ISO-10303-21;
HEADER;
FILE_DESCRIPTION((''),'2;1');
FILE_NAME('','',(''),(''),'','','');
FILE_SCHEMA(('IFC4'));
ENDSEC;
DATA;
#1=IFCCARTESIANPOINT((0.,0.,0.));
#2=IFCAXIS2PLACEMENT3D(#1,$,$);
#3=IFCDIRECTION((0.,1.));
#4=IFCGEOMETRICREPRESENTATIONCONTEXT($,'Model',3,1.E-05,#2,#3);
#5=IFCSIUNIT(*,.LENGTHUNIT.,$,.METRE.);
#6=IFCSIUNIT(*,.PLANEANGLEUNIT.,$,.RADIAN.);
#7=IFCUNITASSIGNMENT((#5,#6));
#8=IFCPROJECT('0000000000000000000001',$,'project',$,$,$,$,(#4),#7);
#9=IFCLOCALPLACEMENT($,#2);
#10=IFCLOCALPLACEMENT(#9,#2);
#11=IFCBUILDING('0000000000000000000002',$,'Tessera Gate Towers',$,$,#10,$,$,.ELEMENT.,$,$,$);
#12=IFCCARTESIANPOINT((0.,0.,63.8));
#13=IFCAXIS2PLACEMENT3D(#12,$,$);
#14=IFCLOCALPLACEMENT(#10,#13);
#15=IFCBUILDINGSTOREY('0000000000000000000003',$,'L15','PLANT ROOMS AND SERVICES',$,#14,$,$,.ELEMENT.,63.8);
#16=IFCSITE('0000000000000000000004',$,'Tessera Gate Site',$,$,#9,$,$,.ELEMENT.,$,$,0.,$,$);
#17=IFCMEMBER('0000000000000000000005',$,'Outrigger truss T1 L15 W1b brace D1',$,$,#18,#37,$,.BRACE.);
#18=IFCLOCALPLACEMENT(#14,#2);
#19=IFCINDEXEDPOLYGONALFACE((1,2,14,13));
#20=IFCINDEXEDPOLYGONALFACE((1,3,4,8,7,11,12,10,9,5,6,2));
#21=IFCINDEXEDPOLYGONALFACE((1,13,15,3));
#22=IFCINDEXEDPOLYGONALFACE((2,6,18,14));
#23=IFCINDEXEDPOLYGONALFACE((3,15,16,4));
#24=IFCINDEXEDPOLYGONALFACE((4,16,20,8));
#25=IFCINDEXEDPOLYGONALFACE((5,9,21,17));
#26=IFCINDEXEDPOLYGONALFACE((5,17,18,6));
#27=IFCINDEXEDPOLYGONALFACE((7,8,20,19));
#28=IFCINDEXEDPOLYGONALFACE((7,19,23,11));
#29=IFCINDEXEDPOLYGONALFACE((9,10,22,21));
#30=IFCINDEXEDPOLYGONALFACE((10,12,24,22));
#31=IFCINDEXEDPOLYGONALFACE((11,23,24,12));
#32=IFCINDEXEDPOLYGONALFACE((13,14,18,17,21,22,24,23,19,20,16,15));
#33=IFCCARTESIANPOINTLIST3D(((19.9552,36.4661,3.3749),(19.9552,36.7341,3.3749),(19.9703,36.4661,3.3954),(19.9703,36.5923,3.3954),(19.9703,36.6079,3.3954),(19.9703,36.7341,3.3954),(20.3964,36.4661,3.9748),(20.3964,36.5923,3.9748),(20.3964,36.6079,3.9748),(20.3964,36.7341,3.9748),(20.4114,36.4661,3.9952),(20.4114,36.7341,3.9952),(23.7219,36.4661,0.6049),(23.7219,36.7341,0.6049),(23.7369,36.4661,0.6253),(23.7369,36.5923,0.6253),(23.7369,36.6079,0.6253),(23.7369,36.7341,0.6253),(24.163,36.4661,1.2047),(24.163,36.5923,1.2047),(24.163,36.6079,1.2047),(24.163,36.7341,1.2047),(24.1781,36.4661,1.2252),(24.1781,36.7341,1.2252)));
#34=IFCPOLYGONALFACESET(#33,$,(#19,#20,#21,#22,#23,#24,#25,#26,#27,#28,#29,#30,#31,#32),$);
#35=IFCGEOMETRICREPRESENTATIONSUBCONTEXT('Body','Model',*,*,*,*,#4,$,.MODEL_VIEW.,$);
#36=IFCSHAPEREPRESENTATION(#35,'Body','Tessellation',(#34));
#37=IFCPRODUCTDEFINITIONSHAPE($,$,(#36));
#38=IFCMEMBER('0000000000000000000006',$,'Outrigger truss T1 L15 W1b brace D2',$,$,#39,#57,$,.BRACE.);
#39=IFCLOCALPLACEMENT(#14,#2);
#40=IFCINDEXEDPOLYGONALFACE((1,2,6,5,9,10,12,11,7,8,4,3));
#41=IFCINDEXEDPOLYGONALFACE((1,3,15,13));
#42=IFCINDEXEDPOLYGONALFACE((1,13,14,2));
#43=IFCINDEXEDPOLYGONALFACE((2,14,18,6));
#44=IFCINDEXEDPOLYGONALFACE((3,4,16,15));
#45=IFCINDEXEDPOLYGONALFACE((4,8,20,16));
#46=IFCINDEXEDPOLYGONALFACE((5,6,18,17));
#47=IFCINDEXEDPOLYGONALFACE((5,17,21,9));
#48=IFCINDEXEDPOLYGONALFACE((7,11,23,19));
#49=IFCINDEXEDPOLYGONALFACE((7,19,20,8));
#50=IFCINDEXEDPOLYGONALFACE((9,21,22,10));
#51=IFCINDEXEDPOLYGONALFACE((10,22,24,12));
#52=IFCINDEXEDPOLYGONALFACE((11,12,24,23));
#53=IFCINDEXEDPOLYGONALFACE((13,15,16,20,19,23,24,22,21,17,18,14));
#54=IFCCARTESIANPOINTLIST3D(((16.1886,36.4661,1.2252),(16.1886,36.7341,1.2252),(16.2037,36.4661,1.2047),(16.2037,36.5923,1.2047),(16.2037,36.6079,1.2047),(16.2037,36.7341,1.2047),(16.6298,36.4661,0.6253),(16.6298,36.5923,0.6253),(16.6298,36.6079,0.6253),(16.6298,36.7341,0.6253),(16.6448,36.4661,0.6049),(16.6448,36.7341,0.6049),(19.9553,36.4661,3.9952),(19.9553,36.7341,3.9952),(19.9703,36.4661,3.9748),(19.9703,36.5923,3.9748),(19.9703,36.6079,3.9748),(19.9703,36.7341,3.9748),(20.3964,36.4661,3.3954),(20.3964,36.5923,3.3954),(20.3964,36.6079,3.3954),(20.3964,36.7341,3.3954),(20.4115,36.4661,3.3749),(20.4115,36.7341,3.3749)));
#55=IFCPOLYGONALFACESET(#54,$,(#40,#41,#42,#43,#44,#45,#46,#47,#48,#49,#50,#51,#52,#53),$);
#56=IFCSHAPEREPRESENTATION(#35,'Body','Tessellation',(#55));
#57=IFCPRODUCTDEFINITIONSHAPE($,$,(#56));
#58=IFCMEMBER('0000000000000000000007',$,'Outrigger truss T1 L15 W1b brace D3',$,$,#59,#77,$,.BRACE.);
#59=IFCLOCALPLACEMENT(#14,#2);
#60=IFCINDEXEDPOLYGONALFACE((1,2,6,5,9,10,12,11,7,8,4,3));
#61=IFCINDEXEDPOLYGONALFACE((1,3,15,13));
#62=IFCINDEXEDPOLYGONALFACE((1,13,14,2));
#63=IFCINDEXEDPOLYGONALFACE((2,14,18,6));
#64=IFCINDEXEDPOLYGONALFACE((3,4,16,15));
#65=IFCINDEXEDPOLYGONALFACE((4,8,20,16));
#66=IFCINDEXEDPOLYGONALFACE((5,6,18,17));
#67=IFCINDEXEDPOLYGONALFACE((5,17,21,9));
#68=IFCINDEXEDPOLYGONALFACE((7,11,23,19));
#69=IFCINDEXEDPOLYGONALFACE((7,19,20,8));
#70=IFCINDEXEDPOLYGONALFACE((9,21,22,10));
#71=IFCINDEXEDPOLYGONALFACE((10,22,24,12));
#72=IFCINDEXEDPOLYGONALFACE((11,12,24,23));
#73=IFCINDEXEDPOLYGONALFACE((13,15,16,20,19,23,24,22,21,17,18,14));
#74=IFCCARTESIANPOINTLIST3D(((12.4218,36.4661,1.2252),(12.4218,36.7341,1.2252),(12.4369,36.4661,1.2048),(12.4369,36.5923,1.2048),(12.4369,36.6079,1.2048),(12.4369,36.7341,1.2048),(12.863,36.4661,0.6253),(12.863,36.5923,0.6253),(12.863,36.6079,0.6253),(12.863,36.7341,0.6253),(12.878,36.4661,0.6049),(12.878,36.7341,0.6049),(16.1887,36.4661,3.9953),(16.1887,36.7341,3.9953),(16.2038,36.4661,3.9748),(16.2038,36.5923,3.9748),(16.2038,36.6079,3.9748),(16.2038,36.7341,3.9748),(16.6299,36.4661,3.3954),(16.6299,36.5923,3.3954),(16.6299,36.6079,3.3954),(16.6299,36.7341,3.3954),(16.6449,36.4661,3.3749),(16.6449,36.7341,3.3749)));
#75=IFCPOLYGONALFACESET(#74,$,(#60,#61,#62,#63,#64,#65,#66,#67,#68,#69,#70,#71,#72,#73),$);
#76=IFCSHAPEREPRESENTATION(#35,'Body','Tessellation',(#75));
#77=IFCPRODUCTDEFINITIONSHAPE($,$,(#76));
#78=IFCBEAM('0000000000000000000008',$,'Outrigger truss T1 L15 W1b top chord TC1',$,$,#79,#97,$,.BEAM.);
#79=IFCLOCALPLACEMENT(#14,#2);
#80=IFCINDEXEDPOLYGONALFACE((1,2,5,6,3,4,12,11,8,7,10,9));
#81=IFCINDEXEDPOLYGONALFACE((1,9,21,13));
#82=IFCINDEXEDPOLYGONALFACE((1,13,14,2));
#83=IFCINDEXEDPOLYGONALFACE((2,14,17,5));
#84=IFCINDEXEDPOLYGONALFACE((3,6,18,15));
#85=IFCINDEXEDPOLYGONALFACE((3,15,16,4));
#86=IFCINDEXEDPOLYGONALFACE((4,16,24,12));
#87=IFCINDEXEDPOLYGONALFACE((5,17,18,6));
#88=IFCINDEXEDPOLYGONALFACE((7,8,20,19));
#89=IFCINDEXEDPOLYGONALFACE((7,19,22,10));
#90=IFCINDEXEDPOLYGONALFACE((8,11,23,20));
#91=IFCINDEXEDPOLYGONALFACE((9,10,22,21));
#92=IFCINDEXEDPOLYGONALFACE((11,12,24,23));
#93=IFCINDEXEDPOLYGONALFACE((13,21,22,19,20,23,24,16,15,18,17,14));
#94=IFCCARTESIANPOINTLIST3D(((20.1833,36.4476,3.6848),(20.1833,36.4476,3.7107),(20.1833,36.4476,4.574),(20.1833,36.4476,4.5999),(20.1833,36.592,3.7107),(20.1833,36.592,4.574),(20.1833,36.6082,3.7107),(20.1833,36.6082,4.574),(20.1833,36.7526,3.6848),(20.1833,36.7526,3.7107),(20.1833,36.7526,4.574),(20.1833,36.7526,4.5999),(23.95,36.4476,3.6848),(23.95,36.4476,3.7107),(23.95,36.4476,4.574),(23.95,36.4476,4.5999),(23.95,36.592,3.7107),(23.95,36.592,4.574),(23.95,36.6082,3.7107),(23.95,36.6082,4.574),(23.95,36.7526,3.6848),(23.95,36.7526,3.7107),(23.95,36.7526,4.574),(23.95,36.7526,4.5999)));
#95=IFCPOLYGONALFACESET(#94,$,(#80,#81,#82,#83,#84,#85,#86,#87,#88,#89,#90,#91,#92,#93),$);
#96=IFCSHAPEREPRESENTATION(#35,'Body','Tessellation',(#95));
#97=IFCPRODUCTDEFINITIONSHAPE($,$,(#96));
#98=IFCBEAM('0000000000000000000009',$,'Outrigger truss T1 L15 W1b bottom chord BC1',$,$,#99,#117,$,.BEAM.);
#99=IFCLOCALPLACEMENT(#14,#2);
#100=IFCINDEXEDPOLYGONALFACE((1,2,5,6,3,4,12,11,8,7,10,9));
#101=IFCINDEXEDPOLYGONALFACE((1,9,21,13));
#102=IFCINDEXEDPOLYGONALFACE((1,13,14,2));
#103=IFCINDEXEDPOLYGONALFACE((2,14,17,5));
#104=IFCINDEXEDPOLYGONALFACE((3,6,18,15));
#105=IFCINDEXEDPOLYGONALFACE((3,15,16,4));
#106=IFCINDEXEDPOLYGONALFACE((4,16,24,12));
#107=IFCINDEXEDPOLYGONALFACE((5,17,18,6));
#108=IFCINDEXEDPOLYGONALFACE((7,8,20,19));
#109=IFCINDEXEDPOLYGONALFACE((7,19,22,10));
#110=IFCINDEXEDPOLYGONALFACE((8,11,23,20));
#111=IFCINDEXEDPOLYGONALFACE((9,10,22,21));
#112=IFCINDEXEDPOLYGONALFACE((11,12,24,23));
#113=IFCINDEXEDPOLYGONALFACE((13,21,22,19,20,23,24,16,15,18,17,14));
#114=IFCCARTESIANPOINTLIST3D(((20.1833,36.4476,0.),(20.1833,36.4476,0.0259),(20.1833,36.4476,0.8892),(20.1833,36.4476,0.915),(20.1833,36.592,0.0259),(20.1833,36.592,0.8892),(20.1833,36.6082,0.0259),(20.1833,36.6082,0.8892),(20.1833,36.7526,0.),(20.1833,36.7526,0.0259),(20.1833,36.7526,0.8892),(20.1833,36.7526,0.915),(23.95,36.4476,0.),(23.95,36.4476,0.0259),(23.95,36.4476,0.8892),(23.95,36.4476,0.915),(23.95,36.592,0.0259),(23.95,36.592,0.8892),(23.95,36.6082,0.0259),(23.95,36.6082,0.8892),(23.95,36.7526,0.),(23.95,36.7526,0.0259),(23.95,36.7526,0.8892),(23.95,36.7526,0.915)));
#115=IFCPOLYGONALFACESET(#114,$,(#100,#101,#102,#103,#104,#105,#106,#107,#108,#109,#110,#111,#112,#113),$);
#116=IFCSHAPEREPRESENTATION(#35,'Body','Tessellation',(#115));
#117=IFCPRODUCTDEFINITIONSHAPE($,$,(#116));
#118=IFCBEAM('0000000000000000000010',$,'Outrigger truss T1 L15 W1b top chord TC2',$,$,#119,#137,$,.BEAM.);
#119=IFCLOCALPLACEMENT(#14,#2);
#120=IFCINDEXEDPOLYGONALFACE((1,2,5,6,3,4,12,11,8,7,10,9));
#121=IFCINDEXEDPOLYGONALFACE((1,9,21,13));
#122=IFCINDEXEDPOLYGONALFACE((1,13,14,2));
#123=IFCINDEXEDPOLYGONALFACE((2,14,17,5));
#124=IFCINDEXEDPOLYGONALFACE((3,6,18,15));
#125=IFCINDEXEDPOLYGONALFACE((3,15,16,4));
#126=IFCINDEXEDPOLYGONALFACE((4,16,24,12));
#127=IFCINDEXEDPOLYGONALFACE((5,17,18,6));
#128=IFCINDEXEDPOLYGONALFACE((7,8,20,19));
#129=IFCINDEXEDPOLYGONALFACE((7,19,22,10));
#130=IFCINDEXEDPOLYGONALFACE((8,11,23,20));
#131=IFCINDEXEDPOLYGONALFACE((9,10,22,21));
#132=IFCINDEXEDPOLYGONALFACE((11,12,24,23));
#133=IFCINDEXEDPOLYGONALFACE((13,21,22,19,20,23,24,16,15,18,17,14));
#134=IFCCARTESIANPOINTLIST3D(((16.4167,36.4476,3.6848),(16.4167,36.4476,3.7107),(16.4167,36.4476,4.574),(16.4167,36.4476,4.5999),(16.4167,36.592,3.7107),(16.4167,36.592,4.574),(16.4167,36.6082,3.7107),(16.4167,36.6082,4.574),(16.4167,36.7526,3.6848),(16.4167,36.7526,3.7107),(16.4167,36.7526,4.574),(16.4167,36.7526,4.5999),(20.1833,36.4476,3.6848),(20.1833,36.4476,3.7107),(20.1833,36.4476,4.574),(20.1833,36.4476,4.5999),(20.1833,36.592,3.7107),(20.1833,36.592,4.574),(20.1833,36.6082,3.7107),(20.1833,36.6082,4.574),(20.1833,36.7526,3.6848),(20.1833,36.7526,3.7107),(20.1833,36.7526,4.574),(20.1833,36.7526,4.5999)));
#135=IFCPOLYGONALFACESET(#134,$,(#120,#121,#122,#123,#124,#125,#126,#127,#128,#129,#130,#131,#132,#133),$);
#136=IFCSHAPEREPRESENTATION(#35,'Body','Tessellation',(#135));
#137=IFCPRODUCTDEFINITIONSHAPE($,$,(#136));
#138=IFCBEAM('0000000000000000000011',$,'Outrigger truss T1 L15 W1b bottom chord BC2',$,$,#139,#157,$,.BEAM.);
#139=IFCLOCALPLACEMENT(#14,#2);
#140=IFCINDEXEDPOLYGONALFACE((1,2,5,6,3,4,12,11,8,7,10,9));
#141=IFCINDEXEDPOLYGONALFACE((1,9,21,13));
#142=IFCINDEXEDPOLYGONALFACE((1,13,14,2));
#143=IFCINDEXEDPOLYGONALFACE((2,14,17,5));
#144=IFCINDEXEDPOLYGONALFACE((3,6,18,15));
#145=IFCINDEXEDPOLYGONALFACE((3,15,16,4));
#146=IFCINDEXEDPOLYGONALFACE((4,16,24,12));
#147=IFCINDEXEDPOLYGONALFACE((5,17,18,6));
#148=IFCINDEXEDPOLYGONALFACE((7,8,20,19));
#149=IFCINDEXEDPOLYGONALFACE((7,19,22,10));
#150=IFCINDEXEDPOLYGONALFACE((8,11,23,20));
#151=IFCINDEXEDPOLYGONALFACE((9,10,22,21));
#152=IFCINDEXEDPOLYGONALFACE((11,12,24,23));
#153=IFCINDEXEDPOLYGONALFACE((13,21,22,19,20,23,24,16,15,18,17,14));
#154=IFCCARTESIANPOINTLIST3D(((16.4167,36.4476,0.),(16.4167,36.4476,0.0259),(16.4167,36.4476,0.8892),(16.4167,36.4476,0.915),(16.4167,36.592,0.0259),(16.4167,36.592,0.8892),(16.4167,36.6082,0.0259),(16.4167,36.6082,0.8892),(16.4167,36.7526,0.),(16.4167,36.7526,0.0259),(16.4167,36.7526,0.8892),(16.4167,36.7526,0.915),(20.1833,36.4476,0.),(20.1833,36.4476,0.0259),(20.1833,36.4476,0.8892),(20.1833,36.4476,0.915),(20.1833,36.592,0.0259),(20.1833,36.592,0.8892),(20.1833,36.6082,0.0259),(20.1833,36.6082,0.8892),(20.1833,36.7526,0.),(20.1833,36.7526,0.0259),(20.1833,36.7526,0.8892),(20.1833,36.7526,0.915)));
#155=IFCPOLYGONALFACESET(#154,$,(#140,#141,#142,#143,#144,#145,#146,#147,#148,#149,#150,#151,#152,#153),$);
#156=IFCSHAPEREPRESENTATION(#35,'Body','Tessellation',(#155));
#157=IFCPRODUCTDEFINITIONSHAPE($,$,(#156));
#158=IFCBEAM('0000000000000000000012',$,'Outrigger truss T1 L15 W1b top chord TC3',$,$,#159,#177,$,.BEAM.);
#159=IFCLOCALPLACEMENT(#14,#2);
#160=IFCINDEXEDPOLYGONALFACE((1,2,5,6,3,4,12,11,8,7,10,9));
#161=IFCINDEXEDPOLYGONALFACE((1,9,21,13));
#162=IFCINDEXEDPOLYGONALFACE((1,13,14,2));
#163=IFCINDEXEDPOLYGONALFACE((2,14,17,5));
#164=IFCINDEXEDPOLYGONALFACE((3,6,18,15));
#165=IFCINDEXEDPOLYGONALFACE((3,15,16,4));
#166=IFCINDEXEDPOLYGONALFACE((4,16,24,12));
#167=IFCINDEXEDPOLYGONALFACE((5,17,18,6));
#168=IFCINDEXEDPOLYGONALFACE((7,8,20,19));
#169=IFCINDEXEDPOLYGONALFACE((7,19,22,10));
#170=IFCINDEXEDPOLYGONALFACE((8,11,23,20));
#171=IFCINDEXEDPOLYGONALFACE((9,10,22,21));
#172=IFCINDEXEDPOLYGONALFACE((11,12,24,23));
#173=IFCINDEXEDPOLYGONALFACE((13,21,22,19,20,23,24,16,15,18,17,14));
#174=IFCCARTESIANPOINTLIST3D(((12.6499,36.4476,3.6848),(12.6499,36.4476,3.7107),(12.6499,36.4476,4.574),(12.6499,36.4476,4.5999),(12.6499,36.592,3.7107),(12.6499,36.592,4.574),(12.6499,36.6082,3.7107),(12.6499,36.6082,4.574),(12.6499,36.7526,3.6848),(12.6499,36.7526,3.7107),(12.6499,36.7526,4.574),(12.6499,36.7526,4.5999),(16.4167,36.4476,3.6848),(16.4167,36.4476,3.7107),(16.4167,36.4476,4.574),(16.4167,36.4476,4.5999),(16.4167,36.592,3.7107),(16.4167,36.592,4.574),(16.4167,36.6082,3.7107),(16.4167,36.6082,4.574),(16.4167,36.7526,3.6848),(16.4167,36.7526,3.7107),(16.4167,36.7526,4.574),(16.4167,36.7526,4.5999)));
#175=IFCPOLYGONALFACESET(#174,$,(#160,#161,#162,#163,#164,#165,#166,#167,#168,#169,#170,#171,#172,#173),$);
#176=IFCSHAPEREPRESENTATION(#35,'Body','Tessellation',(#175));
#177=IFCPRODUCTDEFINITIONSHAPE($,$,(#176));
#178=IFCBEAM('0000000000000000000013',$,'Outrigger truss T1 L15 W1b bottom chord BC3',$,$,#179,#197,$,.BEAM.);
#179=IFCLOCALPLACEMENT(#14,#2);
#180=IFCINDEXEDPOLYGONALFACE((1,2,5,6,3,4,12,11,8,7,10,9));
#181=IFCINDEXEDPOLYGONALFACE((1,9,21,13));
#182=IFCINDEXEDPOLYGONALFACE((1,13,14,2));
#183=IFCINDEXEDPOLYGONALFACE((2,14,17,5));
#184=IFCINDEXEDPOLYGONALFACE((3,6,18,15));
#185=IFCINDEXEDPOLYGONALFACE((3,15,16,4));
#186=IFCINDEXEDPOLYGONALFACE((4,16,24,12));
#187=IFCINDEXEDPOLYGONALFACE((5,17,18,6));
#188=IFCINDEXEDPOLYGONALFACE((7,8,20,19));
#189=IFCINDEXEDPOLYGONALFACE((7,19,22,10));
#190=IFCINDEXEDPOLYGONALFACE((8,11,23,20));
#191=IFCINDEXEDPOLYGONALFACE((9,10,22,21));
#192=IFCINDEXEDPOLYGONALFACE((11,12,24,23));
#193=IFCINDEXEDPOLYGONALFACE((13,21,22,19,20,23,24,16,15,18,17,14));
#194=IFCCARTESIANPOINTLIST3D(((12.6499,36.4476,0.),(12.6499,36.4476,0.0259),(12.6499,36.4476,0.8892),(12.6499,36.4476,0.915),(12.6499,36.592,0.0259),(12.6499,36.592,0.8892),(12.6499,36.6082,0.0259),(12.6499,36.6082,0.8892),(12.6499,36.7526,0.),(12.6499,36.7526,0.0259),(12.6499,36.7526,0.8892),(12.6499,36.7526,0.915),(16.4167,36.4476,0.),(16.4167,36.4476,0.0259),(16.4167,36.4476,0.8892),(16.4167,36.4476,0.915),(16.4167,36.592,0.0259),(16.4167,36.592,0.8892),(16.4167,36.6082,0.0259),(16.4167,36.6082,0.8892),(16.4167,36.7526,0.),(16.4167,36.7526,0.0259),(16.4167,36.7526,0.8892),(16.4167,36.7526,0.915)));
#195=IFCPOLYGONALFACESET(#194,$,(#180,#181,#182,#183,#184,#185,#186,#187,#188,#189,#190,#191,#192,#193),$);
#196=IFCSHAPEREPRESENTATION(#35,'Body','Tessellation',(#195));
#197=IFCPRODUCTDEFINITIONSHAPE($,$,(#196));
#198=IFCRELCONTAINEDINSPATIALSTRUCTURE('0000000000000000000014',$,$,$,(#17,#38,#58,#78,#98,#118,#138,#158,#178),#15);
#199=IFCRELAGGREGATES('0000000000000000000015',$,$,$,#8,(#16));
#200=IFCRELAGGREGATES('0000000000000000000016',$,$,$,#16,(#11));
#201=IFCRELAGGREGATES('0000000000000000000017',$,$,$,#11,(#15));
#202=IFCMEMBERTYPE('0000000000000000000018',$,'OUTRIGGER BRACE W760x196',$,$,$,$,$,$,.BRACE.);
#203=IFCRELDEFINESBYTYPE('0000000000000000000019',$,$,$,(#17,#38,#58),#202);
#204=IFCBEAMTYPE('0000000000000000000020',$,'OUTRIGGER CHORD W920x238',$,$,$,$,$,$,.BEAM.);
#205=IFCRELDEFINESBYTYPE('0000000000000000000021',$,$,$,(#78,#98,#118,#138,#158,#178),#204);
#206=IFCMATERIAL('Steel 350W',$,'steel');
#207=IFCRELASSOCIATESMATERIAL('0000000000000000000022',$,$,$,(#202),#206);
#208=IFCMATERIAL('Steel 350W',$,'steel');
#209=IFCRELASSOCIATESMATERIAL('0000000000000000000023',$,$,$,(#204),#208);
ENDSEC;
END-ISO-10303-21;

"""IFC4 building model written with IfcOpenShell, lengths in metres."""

from ifc_helpers import new_model, si_unit, direction, frame, origin, origin_2d, place, context, subcontext, project, spatial, i_section, extrude, material, material_profile, profile_set, type_object, element, save


model = new_model("IFC4")

# Units and contexts
model_context = context("Model", 3, precision=1e-05, world=origin(), true_north=direction((0.0, 1.0)))
body_context = subcontext(model_context, "Body", "Model", "MODEL_VIEW")
ifc_project = project(units=[si_unit("LENGTHUNIT", "METRE"), si_unit("PLANEANGLEUNIT", "RADIAN")], contexts=[model_context])

# Site, building, storey
site_placement = place(None, origin())
site = spatial("IfcSite", under=ifc_project, at=site_placement, Name="Tessera Gate Site", CompositionType="ELEMENT", RefElevation=0.0)
building_placement = place(site_placement, origin())
building = spatial("IfcBuilding", under=site, at=building_placement, Name="Tessera Gate Towers", CompositionType="ELEMENT")
storey_placement = place(building_placement, frame((0.0, 0.0, 63.8)))
storey = spatial("IfcBuildingStorey", under=building, at=storey_placement, Name="L15", Description="PLANT ROOMS AND SERVICES", CompositionType="ELEMENT", Elevation=63.8)

# Members
ifc_material_1 = material(Name="Steel 350W", Category="steel")
ifc_material_profile_1 = material_profile(ifc_material_1, i_section(OverallWidth=0.2681, OverallDepth=0.77, WebThickness=0.0156, FlangeThickness=0.0254, at=origin_2d()), Name="W760x196")
ifc_profile_set_1 = profile_set([ifc_material_profile_1], Name="Steel 350W")
member_type_1 = type_object("IfcMemberType", Name="OUTRIGGER BRACE W760x196", PredefinedType="BRACE", material=ifc_profile_set_1)
for number, where, z_axis, x_axis, name in (
    (1, (23.95, 36.6001, 0.915), (-0.805604, 0.0, 0.592454), (0.0, -1.0, 0.0), "Outrigger truss T1 L15 W1b brace D1"),
    (2, (16.4167, 36.6001, 0.915), (0.805604, 0.0, 0.592454), (0.0, 1.0, 0.0), "Outrigger truss T1 L15 W1b brace D2"),
):
    element("IfcMember", number, at=place(storey_placement, frame(where, z_axis=z_axis, x_axis=x_axis)), inside=storey, type_object=member_type_1, Name=name, PredefinedType="BRACE", context=body_context, shape_type="SweptSolid", body=[
        extrude(i_section(OverallWidth=0.2681, OverallDepth=0.77, WebThickness=0.0156, FlangeThickness=0.0254, at=origin_2d()), origin(), (0.0, 0.0, 1.0), 4.6755),
    ])
member_placement = place(storey_placement, frame((12.6499, 36.6001, 0.915), z_axis=(0.805622, 0.0, 0.592429), x_axis=(0.0, 1.0, 0.0)))
element("IfcMember", 3, at=member_placement, inside=storey, type_object=member_type_1, Name="Outrigger truss T1 L15 W1b brace D3", PredefinedType="BRACE", context=body_context, shape_type="SweptSolid", body=[
    extrude(i_section(OverallWidth=0.2681, OverallDepth=0.77, WebThickness=0.0156, FlangeThickness=0.0254, at=origin_2d()), origin(), (0.0, 0.0, 1.0), 4.6758),
])

# Beams
ifc_material_2 = material(Name="Steel 350W", Category="steel")
ifc_material_profile_2 = material_profile(ifc_material_2, i_section(OverallWidth=0.3049, OverallDepth=0.915, WebThickness=0.0161, FlangeThickness=0.0259, at=origin_2d()), Name="W920x238")
ifc_profile_set_2 = profile_set([ifc_material_profile_2], Name="Steel 350W")
beam_type_1 = type_object("IfcBeamType", Name="OUTRIGGER CHORD W920x238", PredefinedType="BEAM", material=ifc_profile_set_2)
for number, where, z_axis, x_axis, name in (
    (4, (23.95, 36.6001, 4.1423), (-1.0, 0.0, 0.0), (0.0, -1.0, 0.0), "Outrigger truss T1 L15 W1b top chord TC1"),
    (5, (23.95, 36.6001, 0.4575), (-1.0, 0.0, 0.0), (0.0, -1.0, 0.0), "Outrigger truss T1 L15 W1b bottom chord BC1"),
    (6, (20.1833, 36.6001, 4.1423), (-1.0, 0.0, 0.0), (0.0, -1.0, 0.0), "Outrigger truss T1 L15 W1b top chord TC2"),
    (7, (20.1833, 36.6001, 0.4575), (-1.0, 0.0, 0.0), (0.0, -1.0, 0.0), "Outrigger truss T1 L15 W1b bottom chord BC2"),
):
    element("IfcBeam", number, at=place(storey_placement, frame(where, z_axis=z_axis, x_axis=x_axis)), inside=storey, type_object=beam_type_1, Name=name, PredefinedType="BEAM", context=body_context, shape_type="SweptSolid", body=[
        extrude(i_section(OverallWidth=0.3049, OverallDepth=0.915, WebThickness=0.0161, FlangeThickness=0.0259, at=origin_2d()), origin(), (0.0, 0.0, 1.0), 3.7666),
    ])
for number, where, z_axis, x_axis, name in (
    (8, (16.4167, 36.6001, 4.1423), (-1.0, 0.0, 0.0), (0.0, -1.0, 0.0), "Outrigger truss T1 L15 W1b top chord TC3"),
    (9, (16.4167, 36.6001, 0.4575), (-1.0, 0.0, 0.0), (0.0, -1.0, 0.0), "Outrigger truss T1 L15 W1b bottom chord BC3"),
):
    element("IfcBeam", number, at=place(storey_placement, frame(where, z_axis=z_axis, x_axis=x_axis)), inside=storey, type_object=beam_type_1, Name=name, PredefinedType="BEAM", context=body_context, shape_type="SweptSolid", body=[
        extrude(i_section(OverallWidth=0.3049, OverallDepth=0.915, WebThickness=0.0161, FlangeThickness=0.0259, at=origin_2d()), origin(), (0.0, 0.0, 1.0), 3.7668),
    ])

save(model, "model.ifc")
